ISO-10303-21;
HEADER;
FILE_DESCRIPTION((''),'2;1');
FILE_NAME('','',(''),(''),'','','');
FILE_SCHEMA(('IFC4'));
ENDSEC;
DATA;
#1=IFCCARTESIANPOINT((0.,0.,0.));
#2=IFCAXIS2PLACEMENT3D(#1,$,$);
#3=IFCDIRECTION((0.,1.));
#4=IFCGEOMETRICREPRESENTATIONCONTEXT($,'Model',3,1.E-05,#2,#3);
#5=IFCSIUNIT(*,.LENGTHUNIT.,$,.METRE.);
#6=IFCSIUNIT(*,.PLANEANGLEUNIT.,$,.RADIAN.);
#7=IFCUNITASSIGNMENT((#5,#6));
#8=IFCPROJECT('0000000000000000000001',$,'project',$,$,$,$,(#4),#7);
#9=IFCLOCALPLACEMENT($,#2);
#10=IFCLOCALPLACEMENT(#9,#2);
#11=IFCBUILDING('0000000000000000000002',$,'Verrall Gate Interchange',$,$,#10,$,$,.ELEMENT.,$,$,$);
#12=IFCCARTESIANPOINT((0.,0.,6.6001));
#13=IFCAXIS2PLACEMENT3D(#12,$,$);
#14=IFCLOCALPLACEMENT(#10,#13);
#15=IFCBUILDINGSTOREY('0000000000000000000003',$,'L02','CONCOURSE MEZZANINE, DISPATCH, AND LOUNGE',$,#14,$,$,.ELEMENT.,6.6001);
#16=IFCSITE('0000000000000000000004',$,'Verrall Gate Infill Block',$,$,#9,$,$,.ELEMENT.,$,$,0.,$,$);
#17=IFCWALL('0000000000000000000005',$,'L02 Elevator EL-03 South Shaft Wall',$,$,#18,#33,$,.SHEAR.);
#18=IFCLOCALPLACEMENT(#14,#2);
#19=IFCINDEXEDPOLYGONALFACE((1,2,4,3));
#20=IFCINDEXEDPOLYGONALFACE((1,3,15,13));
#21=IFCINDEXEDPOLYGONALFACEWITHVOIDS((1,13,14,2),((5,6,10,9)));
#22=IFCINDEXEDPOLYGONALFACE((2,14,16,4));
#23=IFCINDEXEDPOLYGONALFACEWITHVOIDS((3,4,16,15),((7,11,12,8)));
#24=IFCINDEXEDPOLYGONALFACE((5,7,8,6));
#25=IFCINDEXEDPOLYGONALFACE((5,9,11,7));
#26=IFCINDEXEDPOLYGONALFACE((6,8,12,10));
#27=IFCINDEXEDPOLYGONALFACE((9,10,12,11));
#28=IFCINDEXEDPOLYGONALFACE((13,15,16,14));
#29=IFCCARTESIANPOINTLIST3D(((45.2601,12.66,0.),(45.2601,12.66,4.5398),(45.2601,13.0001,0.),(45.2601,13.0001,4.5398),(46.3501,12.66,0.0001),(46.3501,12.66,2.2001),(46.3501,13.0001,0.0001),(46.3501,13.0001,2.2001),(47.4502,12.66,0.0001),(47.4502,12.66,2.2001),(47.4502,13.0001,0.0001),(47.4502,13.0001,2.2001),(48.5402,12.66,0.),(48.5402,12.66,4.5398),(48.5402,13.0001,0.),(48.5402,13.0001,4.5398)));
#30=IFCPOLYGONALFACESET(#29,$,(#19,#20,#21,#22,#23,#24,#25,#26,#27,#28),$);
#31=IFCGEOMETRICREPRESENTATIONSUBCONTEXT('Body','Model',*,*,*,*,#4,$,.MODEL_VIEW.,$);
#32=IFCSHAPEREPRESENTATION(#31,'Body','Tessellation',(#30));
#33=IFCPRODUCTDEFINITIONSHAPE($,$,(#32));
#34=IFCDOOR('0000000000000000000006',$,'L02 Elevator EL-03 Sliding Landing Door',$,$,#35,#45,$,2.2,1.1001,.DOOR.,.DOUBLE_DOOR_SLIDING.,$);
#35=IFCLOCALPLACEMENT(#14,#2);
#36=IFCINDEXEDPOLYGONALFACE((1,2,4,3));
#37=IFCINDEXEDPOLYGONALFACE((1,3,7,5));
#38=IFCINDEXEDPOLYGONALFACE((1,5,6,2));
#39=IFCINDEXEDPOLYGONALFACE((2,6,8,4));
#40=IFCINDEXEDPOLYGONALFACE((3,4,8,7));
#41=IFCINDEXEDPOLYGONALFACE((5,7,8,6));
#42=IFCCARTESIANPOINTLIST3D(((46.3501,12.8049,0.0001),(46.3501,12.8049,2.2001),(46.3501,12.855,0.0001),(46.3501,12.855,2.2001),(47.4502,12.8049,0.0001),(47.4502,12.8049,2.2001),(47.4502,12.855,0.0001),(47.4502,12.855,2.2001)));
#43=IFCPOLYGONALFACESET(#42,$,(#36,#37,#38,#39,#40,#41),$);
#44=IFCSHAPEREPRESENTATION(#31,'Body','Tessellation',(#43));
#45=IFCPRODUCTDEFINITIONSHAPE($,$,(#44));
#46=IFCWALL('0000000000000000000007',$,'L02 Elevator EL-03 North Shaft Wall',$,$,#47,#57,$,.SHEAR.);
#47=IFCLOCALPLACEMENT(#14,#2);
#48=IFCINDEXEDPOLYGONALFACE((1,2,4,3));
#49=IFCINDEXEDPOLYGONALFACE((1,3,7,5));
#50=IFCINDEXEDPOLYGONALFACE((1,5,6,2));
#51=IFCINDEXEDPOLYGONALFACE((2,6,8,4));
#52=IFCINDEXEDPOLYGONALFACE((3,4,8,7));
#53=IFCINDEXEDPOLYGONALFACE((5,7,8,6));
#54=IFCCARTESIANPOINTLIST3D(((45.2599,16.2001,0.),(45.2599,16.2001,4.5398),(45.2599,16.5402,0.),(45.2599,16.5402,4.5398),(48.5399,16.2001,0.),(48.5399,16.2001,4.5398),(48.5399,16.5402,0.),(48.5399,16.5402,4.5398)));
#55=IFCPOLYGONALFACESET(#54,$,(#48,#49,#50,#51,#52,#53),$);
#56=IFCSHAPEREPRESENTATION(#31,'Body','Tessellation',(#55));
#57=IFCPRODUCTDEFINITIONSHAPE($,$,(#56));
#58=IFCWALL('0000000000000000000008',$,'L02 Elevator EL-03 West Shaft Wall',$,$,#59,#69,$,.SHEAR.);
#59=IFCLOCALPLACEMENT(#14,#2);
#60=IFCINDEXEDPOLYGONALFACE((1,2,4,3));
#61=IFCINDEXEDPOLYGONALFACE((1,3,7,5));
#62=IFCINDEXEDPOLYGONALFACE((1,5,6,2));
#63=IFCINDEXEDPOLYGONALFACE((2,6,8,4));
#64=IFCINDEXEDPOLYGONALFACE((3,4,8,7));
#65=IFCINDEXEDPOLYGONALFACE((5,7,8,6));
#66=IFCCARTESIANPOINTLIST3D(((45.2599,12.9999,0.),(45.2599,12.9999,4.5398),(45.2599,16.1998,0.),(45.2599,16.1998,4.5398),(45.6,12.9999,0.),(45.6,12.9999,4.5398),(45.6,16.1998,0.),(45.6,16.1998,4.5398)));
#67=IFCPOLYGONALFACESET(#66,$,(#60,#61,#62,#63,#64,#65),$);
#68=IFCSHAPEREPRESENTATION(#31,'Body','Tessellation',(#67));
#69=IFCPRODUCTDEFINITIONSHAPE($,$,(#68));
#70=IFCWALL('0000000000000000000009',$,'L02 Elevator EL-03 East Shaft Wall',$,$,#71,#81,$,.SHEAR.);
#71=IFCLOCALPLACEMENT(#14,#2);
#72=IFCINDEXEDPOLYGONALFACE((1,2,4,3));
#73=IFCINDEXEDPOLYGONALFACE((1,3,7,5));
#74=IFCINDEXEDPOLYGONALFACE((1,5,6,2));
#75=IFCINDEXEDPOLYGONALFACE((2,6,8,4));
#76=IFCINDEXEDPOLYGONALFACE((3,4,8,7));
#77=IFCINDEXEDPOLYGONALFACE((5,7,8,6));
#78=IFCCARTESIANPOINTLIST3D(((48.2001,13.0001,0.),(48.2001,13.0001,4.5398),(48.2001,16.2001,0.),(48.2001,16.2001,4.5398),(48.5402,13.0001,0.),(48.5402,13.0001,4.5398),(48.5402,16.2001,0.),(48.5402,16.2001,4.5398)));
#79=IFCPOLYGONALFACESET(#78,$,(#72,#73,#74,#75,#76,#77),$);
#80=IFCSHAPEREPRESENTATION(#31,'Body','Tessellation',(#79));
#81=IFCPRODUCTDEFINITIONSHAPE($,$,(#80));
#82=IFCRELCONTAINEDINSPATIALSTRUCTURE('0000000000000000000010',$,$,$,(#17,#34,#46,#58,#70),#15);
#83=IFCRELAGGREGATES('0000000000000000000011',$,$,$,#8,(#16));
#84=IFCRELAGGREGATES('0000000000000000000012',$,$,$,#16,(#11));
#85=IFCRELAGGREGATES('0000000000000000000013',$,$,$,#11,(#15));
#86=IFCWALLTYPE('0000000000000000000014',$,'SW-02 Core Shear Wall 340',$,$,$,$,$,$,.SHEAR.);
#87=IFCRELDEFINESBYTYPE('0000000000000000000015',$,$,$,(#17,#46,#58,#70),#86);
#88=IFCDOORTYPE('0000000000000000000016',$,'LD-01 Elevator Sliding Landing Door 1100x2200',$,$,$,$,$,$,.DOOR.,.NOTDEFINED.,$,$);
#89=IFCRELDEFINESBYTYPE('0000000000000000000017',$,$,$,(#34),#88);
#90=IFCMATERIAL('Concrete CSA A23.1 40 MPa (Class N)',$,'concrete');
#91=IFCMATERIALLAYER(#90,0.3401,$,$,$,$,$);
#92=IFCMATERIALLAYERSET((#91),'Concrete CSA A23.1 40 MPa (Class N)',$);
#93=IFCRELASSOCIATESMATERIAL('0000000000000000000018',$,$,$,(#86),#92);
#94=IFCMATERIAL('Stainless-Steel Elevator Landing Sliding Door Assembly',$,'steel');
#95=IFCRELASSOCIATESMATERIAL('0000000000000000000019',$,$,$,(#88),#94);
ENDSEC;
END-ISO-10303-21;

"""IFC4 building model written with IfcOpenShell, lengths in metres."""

from ifc_helpers import new_model, si_unit, direction, frame, frame_2d, origin, place, context, subcontext, project, spatial, rectangle, extrude, material, layer, layer_set, type_object, element, fill, save


model = new_model("IFC4")

# Units and contexts
model_context = context("Model", 3, precision=1e-05, world=origin(), true_north=direction((0.0, 1.0)))
body_context = subcontext(model_context, "Body", "Model", "MODEL_VIEW")
ifc_project = project(units=[si_unit("LENGTHUNIT", "METRE"), si_unit("PLANEANGLEUNIT", "RADIAN")], contexts=[model_context])

# Site, building, storey
site_placement = place(None, origin())
site = spatial("IfcSite", under=ifc_project, at=site_placement, Name="Verrall Gate Infill Block", CompositionType="ELEMENT", RefElevation=0.0)
building_placement = place(site_placement, origin())
building = spatial("IfcBuilding", under=site, at=building_placement, Name="Verrall Gate Interchange", CompositionType="ELEMENT")
storey_placement = place(building_placement, frame((0.0, 0.0, 6.6001)))
storey = spatial("IfcBuildingStorey", under=building, at=storey_placement, Name="L02", Description="CONCOURSE MEZZANINE, DISPATCH, AND LOUNGE", CompositionType="ELEMENT", Elevation=6.6001)

# Wall, opening, door
ifc_material_1 = material(Name="Concrete CSA A23.1 40 MPa (Class N)", Category="concrete")
ifc_layer_1 = layer(ifc_material_1, 0.3401)
ifc_layer_set_1 = layer_set([ifc_layer_1], Name="Concrete CSA A23.1 40 MPa (Class N)")
wall_type = type_object("IfcWallType", Name="SW-02 Core Shear Wall 340", PredefinedType="SHEAR", material=ifc_layer_set_1)
wall_1_placement = place(storey_placement, frame((45.26, 12.8301, 0.0), z_axis=(0.0, 0.0, 1.0), x_axis=(1.0, 0.0, 0.0)))
wall_1 = element("IfcWall", 1, at=wall_1_placement, inside=storey, type_object=wall_type, Name="L02 Elevator EL-03 South Shaft Wall", PredefinedType="SHEAR", context=body_context, shape_type="SweptSolid", body=[
    extrude(rectangle(XDim=3.28, YDim=0.3401, at=frame_2d((1.6401, 0.0))), origin(), (0.0, 0.0, 1.0), 4.5398),
])
opening_placement = place(wall_1_placement, frame((1.0901, 0.0, 0.0)))
opening = element("IfcOpeningElement", 2, at=opening_placement, cuts=wall_1, PredefinedType="OPENING", context=body_context, shape_type="SweptSolid", body=[
    extrude(rectangle(XDim=1.1001, YDim=2.2, at=frame_2d((0.55, 1.1001))), frame((0.0, 0.1851, 0.0), z_axis=(0.0, -1.0, 0.0), x_axis=(1.0, 0.0, 0.0)), (0.0, 0.0, 1.0), 0.3699),
])
ifc_material_2 = material(Name="Stainless-Steel Elevator Landing Sliding Door Assembly", Category="steel")
door_type = type_object("IfcDoorType", Name="LD-01 Elevator Sliding Landing Door 1100x2200", OperationType="NOTDEFINED", PredefinedType="DOOR", material=ifc_material_2)
door_placement = place(opening_placement, origin())
door = element("IfcDoor", 3, at=door_placement, inside=storey, type_object=door_type, Name="L02 Elevator EL-03 Sliding Landing Door", OperationType="DOUBLE_DOOR_SLIDING", OverallHeight=2.2, OverallWidth=1.1001, PredefinedType="DOOR", context=body_context, shape_type="SweptSolid", body=[
    extrude(rectangle(XDim=1.1001, YDim=2.2, at=frame_2d((0.55, 1.1001))), frame((0.0, 0.0249, 0.0), z_axis=(0.0, -1.0, 0.0), x_axis=(1.0, 0.0, 0.0)), (0.0, 0.0, 1.0), 0.05),
])
fill(opening, door)

# Walls
wall_2_placement = place(storey_placement, frame((48.54, 16.3701, 0.0), z_axis=(0.0, 0.0, 1.0), x_axis=(-1.0, 0.0, 0.0)))
element("IfcWall", 4, at=wall_2_placement, inside=storey, type_object=wall_type, Name="L02 Elevator EL-03 North Shaft Wall", PredefinedType="SHEAR", context=body_context, shape_type="SweptSolid", body=[
    extrude(rectangle(XDim=3.28, YDim=0.3401, at=frame_2d((1.6401, 0.0))), origin(), (0.0, 0.0, 1.0), 4.5398),
])
for number, where, z_axis, x_axis, name in (
    (5, (45.4299, 16.2, 0.0), (0.0, 0.0, 1.0), (0.0, -1.0, 0.0), "L02 Elevator EL-03 West Shaft Wall"),
    (6, (48.3701, 13.0, 0.0), (0.0, 0.0, 1.0), (0.0, 1.0, 0.0), "L02 Elevator EL-03 East Shaft Wall"),
):
    element("IfcWall", number, at=place(storey_placement, frame(where, z_axis=z_axis, x_axis=x_axis)), inside=storey, type_object=wall_type, Name=name, PredefinedType="SHEAR", context=body_context, shape_type="SweptSolid", body=[
        extrude(rectangle(XDim=3.2, YDim=0.3401, at=frame_2d((1.6001, 0.0))), origin(), (0.0, 0.0, 1.0), 4.5398),
    ])

save(model, "model.ifc")
